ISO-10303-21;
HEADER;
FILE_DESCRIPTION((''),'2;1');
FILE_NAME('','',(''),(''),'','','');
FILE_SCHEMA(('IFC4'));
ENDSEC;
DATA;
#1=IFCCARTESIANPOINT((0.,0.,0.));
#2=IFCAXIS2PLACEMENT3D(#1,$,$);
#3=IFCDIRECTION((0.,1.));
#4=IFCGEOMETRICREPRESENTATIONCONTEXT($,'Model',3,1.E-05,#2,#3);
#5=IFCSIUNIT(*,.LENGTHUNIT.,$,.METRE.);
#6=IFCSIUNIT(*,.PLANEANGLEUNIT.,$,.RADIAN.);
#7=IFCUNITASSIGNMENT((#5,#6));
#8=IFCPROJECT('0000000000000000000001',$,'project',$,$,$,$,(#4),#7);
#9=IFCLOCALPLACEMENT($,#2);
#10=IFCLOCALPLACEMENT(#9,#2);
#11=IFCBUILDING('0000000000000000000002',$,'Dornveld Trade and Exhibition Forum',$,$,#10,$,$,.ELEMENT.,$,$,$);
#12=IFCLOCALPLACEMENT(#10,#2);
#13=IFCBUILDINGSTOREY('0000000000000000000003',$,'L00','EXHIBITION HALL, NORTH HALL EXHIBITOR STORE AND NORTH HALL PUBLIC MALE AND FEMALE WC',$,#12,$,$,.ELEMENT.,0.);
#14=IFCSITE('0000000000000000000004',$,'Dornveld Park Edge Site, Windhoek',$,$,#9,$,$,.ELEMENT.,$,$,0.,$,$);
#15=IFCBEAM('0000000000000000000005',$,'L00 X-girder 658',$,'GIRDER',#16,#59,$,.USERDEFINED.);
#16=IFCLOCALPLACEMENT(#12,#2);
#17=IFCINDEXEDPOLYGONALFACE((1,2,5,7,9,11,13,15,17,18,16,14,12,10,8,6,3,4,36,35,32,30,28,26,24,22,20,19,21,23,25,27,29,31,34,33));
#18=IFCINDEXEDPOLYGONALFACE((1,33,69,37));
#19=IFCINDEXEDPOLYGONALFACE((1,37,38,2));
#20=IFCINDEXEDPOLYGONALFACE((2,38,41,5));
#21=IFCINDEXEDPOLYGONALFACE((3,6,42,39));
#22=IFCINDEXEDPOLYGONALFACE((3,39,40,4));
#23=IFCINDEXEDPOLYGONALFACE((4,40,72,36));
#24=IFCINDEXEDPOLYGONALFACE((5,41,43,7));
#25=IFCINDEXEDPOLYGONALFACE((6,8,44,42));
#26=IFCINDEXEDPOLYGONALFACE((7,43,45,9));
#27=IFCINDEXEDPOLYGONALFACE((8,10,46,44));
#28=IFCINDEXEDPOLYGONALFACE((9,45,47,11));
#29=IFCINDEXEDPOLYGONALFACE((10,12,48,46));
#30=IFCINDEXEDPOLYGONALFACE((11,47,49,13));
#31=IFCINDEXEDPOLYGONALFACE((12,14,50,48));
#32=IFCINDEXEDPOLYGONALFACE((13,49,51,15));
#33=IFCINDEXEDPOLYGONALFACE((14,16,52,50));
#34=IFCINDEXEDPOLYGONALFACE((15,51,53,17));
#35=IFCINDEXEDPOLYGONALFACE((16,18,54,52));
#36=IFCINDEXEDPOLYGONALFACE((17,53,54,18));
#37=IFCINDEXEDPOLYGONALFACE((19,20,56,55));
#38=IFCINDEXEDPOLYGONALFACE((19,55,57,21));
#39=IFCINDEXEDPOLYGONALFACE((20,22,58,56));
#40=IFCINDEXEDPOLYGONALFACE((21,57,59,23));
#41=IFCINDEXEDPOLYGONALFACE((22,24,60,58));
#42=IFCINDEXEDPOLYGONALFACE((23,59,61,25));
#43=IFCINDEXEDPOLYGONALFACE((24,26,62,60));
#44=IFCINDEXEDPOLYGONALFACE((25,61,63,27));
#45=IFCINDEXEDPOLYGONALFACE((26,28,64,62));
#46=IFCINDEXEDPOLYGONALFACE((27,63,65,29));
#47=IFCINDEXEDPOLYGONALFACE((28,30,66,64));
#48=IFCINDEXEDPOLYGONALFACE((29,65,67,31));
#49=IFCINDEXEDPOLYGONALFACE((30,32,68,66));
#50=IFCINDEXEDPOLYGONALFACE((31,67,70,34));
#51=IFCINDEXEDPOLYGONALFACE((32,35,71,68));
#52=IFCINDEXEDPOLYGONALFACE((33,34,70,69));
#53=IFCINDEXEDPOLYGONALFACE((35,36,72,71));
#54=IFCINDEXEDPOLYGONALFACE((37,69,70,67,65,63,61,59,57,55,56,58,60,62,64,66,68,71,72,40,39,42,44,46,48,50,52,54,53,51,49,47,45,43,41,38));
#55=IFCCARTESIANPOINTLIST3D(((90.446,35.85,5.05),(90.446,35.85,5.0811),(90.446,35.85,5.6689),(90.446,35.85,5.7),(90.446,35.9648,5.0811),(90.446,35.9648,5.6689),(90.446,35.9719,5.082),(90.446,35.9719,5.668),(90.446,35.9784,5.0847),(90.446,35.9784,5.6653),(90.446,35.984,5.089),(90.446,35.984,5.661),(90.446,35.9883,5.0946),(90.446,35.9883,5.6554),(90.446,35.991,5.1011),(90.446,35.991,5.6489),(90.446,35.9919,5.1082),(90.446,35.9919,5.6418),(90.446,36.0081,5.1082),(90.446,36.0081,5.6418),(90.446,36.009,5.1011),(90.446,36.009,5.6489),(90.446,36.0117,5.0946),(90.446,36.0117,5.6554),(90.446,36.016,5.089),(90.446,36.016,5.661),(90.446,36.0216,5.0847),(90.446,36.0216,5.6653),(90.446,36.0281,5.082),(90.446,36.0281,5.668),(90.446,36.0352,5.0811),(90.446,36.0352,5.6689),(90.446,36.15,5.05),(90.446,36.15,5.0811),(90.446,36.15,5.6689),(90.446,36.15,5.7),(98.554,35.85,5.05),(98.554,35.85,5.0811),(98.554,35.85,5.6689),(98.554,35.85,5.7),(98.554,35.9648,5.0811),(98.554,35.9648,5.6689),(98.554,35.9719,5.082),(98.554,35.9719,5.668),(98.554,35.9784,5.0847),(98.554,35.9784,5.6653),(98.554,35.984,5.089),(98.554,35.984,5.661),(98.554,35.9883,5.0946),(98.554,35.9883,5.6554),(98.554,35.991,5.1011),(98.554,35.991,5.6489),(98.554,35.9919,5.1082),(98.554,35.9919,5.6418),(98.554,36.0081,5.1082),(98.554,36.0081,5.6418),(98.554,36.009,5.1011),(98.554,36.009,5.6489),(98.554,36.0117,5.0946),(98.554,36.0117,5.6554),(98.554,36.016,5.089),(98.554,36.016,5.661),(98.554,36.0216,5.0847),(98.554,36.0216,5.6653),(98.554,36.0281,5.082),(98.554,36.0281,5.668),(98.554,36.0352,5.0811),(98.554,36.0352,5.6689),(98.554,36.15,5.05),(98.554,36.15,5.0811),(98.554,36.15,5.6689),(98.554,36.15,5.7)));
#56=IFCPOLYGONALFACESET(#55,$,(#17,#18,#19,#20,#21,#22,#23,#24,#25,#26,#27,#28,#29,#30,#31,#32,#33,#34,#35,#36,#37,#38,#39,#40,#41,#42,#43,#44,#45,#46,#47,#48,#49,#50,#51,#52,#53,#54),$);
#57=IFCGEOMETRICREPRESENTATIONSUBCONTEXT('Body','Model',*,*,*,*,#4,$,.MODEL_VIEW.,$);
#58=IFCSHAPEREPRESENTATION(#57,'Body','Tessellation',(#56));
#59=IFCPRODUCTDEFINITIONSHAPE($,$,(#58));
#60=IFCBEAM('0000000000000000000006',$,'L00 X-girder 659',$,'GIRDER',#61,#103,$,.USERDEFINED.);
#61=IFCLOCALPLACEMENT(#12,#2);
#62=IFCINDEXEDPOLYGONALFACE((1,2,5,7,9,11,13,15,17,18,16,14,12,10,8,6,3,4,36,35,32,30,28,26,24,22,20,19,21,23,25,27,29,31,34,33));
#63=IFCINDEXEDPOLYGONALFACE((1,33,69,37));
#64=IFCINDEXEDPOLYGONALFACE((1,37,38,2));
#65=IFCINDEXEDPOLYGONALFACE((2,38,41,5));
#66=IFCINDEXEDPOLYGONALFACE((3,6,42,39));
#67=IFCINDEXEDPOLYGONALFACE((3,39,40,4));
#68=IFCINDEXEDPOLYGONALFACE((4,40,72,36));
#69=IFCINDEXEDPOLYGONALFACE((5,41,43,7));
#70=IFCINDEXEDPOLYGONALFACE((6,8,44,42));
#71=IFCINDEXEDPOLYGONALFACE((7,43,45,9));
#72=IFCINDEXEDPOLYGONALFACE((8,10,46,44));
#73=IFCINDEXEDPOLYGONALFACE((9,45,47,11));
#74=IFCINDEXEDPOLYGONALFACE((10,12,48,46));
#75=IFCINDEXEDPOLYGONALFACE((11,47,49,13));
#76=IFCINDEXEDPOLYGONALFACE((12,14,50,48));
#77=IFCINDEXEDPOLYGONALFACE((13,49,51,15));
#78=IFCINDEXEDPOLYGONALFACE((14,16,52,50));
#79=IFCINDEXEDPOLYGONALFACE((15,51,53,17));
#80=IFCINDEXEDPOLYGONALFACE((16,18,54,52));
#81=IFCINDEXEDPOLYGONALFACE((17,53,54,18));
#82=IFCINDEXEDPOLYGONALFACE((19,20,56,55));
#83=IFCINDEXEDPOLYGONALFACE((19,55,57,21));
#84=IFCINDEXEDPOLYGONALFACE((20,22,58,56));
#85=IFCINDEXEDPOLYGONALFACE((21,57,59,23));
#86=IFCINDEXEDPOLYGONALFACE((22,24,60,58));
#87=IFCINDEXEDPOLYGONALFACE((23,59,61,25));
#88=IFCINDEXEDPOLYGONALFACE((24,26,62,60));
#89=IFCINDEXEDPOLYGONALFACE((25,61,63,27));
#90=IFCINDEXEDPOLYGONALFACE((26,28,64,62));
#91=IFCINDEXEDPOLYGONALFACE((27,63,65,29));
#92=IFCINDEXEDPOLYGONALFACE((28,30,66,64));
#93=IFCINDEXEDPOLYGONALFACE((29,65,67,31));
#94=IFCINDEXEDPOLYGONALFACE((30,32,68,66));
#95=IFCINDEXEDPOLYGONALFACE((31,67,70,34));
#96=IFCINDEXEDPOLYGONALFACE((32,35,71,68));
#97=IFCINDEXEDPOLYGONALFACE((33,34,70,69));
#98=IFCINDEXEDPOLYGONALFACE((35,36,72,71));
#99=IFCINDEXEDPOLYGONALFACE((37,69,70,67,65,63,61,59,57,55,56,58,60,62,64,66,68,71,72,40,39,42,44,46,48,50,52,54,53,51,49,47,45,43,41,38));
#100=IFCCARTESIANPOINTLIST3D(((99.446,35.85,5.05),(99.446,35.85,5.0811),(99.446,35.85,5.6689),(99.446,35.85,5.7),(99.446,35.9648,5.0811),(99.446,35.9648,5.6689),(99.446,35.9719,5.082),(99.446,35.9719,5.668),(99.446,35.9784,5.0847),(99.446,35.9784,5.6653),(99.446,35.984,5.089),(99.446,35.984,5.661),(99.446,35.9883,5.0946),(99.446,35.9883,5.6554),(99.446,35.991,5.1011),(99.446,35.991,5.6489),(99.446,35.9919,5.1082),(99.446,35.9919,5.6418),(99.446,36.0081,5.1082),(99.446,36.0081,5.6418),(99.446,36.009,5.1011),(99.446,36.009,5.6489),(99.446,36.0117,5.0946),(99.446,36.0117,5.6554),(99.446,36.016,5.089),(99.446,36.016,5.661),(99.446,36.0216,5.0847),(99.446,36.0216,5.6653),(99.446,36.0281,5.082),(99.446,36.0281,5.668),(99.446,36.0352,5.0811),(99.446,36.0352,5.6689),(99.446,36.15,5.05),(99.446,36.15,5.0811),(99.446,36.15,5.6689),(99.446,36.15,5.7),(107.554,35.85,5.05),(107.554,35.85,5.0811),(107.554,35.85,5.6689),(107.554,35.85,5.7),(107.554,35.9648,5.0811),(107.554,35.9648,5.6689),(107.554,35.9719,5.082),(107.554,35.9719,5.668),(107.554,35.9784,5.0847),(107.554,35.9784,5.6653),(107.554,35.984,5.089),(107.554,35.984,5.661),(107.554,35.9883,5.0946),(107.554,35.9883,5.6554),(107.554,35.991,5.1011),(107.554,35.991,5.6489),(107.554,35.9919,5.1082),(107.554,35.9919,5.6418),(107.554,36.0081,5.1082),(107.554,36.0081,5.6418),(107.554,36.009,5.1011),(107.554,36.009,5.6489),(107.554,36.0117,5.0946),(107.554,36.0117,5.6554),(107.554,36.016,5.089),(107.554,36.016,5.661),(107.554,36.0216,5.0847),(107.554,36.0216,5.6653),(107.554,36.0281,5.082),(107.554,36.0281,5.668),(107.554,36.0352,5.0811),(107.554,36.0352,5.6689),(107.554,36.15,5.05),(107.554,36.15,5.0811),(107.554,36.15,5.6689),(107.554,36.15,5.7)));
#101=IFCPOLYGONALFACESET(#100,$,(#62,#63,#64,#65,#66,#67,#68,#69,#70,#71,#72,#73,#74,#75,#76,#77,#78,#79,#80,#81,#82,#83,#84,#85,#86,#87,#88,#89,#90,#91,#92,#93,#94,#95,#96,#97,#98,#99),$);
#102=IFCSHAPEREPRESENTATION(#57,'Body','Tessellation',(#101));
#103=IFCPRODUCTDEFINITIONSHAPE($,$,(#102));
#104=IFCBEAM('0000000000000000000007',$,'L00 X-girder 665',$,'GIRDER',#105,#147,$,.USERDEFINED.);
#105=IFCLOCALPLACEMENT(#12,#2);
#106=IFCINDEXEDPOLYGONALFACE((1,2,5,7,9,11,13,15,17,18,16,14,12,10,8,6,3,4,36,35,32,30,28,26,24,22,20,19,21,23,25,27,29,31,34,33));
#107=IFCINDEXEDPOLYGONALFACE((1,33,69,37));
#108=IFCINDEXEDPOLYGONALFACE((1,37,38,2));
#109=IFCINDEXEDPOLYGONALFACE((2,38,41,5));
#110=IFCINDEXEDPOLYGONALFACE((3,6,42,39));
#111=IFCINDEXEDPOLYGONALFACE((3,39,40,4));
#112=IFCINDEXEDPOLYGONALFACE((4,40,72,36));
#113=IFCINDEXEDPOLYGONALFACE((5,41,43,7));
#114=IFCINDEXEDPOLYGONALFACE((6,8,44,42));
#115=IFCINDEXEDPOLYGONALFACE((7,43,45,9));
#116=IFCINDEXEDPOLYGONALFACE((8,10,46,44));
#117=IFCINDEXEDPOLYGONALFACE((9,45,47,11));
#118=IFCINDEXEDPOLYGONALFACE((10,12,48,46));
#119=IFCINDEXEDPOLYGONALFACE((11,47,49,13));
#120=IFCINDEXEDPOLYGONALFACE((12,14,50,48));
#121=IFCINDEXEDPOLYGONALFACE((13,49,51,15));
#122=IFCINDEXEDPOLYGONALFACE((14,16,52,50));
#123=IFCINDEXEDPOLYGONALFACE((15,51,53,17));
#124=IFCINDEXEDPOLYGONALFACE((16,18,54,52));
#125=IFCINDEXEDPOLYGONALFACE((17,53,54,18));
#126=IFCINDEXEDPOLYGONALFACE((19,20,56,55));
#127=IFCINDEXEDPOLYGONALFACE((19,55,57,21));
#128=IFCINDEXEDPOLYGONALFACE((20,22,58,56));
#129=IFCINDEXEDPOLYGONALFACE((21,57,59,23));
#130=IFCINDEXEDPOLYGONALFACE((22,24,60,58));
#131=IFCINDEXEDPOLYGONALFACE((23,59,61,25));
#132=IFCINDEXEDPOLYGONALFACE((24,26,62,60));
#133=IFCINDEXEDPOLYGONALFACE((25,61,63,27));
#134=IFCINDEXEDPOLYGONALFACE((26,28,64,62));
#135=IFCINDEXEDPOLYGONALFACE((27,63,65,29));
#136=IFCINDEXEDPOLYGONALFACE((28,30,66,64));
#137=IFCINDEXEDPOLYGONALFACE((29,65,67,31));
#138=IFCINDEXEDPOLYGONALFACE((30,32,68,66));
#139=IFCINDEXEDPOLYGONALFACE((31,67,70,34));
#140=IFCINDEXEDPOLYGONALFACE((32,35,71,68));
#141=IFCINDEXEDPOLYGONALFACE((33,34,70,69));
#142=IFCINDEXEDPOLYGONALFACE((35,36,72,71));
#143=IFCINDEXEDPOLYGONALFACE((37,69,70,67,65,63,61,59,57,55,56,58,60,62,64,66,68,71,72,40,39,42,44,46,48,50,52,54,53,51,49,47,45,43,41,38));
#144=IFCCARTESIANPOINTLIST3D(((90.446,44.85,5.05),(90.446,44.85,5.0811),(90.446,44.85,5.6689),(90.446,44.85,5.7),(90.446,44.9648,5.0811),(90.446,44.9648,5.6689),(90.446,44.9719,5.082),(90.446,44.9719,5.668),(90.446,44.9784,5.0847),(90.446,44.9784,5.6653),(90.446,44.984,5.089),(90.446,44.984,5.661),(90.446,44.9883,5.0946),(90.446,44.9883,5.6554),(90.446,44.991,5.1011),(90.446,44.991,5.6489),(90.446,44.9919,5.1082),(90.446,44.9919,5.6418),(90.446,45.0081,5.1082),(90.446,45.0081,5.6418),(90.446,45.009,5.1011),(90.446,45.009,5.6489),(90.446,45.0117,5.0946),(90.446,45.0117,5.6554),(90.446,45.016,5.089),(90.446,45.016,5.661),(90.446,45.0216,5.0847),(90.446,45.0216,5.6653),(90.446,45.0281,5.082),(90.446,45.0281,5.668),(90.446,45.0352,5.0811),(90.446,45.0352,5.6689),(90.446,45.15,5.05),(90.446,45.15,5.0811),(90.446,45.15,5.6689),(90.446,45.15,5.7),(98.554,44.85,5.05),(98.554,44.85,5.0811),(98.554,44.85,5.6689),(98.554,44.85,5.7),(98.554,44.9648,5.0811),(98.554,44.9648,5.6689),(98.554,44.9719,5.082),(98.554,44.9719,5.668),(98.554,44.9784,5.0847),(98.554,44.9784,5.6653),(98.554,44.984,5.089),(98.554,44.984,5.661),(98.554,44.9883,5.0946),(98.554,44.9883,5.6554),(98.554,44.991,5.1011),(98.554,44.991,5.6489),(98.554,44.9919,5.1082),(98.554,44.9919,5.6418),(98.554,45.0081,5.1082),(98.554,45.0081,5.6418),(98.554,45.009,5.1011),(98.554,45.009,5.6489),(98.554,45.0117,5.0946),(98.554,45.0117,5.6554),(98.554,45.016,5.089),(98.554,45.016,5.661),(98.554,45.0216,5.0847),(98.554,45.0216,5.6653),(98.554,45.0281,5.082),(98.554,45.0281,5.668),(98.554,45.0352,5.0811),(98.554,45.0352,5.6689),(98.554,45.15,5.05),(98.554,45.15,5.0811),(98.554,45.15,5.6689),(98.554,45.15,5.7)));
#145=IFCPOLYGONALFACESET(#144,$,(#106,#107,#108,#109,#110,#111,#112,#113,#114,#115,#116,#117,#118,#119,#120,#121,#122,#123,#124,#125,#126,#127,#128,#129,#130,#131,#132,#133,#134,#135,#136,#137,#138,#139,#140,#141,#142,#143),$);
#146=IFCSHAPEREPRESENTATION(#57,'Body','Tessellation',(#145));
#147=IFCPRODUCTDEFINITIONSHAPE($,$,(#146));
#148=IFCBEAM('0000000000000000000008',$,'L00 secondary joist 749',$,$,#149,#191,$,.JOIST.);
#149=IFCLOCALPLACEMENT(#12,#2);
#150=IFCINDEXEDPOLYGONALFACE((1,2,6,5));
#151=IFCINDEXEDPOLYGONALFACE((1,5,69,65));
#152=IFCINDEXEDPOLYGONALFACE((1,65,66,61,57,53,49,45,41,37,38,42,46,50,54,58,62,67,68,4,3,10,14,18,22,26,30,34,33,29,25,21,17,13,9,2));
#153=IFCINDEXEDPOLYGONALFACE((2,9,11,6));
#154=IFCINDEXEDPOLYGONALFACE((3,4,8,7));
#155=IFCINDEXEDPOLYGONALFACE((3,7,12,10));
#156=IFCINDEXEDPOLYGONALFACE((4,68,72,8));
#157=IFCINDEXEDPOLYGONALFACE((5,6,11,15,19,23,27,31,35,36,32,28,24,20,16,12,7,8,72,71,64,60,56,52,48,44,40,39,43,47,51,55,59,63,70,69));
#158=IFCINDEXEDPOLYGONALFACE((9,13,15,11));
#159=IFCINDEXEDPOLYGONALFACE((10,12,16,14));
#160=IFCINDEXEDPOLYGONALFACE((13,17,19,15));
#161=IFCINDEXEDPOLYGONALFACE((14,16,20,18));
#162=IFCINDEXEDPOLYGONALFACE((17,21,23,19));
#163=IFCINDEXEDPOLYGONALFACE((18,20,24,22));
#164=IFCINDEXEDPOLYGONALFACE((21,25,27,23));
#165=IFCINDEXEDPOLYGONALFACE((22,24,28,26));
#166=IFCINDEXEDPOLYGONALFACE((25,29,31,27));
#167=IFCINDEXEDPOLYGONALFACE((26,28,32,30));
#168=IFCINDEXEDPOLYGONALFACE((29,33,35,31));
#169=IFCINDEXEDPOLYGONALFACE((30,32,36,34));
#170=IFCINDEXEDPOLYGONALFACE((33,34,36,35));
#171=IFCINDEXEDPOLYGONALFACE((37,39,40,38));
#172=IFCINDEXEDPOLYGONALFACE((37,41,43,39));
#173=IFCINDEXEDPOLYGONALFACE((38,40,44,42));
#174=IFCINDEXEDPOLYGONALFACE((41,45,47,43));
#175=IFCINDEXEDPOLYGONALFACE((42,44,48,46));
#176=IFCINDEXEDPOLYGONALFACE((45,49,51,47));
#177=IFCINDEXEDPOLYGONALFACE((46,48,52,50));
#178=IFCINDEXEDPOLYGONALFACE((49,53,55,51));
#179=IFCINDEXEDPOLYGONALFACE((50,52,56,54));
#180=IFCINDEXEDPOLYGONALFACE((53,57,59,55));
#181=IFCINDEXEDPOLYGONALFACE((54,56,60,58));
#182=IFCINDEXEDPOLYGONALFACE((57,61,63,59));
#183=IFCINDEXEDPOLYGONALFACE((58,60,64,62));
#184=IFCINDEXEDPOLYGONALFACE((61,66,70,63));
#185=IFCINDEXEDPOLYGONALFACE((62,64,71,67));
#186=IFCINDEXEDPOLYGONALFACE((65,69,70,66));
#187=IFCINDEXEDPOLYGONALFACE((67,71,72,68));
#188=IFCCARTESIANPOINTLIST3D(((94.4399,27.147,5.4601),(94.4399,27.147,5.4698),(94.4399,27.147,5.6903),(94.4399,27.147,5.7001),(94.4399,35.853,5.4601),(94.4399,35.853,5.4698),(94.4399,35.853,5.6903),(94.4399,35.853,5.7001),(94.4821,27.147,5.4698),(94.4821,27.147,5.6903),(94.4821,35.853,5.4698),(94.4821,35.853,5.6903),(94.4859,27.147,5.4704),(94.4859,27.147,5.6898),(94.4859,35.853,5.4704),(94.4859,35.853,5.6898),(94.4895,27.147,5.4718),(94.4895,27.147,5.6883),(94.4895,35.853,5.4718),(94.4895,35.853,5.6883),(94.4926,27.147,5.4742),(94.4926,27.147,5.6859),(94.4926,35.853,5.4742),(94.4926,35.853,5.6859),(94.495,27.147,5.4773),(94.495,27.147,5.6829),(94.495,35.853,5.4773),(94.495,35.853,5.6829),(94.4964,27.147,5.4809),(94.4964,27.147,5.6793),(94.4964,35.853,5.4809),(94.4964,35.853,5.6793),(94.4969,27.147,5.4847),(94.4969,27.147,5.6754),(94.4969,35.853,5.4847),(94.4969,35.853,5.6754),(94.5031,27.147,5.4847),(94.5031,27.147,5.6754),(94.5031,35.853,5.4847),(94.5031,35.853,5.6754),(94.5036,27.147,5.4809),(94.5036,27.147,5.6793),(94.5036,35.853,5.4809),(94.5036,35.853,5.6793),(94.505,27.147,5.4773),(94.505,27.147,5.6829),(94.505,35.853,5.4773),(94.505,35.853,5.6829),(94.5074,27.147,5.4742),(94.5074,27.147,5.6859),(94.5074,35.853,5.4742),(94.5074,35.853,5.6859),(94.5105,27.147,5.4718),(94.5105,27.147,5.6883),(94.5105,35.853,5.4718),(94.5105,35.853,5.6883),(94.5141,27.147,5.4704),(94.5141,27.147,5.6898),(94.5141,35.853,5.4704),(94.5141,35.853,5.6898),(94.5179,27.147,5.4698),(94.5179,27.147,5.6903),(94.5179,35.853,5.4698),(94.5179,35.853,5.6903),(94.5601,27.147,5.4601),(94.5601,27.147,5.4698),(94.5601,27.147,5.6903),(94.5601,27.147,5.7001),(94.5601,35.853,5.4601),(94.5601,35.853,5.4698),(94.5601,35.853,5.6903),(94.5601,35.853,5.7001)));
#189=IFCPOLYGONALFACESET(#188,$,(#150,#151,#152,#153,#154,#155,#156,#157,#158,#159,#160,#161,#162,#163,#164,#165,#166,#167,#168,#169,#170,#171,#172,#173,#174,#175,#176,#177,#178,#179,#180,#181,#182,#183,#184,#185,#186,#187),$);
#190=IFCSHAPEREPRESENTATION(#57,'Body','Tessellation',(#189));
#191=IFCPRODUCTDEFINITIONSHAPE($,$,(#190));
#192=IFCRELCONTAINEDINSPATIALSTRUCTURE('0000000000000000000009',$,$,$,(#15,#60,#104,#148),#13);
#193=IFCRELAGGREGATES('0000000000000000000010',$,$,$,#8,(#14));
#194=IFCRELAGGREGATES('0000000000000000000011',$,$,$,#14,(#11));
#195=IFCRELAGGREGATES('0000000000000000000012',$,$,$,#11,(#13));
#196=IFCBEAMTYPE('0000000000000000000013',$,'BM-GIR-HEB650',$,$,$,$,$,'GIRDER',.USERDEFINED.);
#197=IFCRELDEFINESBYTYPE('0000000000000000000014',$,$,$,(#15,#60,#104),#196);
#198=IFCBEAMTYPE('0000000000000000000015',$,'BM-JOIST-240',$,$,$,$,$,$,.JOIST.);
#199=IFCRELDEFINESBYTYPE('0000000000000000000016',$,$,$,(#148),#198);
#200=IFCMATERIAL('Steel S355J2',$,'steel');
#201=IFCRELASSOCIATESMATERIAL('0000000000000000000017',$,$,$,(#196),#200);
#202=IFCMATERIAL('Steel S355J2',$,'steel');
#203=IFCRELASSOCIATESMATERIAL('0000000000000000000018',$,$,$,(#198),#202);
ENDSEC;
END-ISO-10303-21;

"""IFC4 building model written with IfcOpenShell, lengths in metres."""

from ifc_helpers import new_model, si_unit, direction, frame, origin, origin_2d, place, context, subcontext, project, spatial, i_section, extrude, material, material_profile, profile_set, type_object, element, save


model = new_model("IFC4")

# Units and contexts
model_context = context("Model", 3, precision=1e-05, world=origin(), true_north=direction((0.0, 1.0)))
body_context = subcontext(model_context, "Body", "Model", "MODEL_VIEW")
ifc_project = project(units=[si_unit("LENGTHUNIT", "METRE"), si_unit("PLANEANGLEUNIT", "RADIAN")], contexts=[model_context])

# Site, building, storey
site_placement = place(None, origin())
site = spatial("IfcSite", under=ifc_project, at=site_placement, Name="Dornveld Park Edge Site, Windhoek", CompositionType="ELEMENT", RefElevation=0.0)
building_placement = place(site_placement, origin())
building = spatial("IfcBuilding", under=site, at=building_placement, Name="Dornveld Trade and Exhibition Forum", CompositionType="ELEMENT")
storey_placement = place(building_placement, origin())
storey = spatial("IfcBuildingStorey", under=building, at=storey_placement, Name="L00", Description="EXHIBITION HALL, NORTH HALL EXHIBITOR STORE AND NORTH HALL PUBLIC MALE AND FEMALE WC", CompositionType="ELEMENT", Elevation=0.0)

# Beams
ifc_material_1 = material(Name="Steel S355J2", Category="steel")
ifc_material_profile_1 = material_profile(ifc_material_1, i_section(OverallWidth=0.3, OverallDepth=0.6499, WebThickness=0.0161, FlangeThickness=0.031, FilletRadius=0.0271, at=origin_2d()), Name="HEB 650")
ifc_profile_set_1 = profile_set([ifc_material_profile_1], Name="Steel S355J2")
beam_type_1 = type_object("IfcBeamType", Name="BM-GIR-HEB650", ElementType="GIRDER", PredefinedType="USERDEFINED", material=ifc_profile_set_1)
for number, where, z_axis, x_axis, name in (
    (1, (90.446, 36.0, 5.375), (1.0, 0.0, 0.0), (0.0, 1.0, 0.0), "L00 X-girder 658"),
    (2, (99.446, 36.0, 5.375), (1.0, 0.0, 0.0), (0.0, 1.0, 0.0), "L00 X-girder 659"),
    (3, (90.446, 45.0, 5.375), (1.0, 0.0, 0.0), (0.0, 1.0, 0.0), "L00 X-girder 665"),
):
    element("IfcBeam", number, at=place(storey_placement, frame(where, z_axis=z_axis, x_axis=x_axis)), inside=storey, type_object=beam_type_1, Name=name, ObjectType="GIRDER", PredefinedType="USERDEFINED", context=body_context, shape_type="SweptSolid", body=[
        extrude(i_section(OverallWidth=0.3, OverallDepth=0.6499, WebThickness=0.0161, FlangeThickness=0.031, FilletRadius=0.0271, at=origin_2d()), origin(), (0.0, 0.0, 1.0), 8.1079),
    ])
ifc_material_2 = material(Name="Steel S355J2", Category="steel")
ifc_material_profile_2 = material_profile(ifc_material_2, i_section(OverallWidth=0.1201, OverallDepth=0.24, WebThickness=0.0061, FlangeThickness=0.0098, FilletRadius=0.0149, at=origin_2d()), Name="IPE 240")
ifc_profile_set_2 = profile_set([ifc_material_profile_2], Name="Steel S355J2")
beam_type_2 = type_object("IfcBeamType", Name="BM-JOIST-240", PredefinedType="JOIST", material=ifc_profile_set_2)
for number, where, z_axis, x_axis, name in (
    (4, (94.5, 27.147, 5.5801), (0.0, 1.0, 0.0), (-1.0, 0.0, 0.0), "L00 secondary joist 749"),
):
    element("IfcBeam", number, at=place(storey_placement, frame(where, z_axis=z_axis, x_axis=x_axis)), inside=storey, type_object=beam_type_2, Name=name, PredefinedType="JOIST", context=body_context, shape_type="SweptSolid", body=[
        extrude(i_section(OverallWidth=0.1201, OverallDepth=0.24, WebThickness=0.0061, FlangeThickness=0.0098, FilletRadius=0.0149, at=origin_2d()), origin(), (0.0, 0.0, 1.0), 8.7061),
    ])

save(model, "model.ifc")
